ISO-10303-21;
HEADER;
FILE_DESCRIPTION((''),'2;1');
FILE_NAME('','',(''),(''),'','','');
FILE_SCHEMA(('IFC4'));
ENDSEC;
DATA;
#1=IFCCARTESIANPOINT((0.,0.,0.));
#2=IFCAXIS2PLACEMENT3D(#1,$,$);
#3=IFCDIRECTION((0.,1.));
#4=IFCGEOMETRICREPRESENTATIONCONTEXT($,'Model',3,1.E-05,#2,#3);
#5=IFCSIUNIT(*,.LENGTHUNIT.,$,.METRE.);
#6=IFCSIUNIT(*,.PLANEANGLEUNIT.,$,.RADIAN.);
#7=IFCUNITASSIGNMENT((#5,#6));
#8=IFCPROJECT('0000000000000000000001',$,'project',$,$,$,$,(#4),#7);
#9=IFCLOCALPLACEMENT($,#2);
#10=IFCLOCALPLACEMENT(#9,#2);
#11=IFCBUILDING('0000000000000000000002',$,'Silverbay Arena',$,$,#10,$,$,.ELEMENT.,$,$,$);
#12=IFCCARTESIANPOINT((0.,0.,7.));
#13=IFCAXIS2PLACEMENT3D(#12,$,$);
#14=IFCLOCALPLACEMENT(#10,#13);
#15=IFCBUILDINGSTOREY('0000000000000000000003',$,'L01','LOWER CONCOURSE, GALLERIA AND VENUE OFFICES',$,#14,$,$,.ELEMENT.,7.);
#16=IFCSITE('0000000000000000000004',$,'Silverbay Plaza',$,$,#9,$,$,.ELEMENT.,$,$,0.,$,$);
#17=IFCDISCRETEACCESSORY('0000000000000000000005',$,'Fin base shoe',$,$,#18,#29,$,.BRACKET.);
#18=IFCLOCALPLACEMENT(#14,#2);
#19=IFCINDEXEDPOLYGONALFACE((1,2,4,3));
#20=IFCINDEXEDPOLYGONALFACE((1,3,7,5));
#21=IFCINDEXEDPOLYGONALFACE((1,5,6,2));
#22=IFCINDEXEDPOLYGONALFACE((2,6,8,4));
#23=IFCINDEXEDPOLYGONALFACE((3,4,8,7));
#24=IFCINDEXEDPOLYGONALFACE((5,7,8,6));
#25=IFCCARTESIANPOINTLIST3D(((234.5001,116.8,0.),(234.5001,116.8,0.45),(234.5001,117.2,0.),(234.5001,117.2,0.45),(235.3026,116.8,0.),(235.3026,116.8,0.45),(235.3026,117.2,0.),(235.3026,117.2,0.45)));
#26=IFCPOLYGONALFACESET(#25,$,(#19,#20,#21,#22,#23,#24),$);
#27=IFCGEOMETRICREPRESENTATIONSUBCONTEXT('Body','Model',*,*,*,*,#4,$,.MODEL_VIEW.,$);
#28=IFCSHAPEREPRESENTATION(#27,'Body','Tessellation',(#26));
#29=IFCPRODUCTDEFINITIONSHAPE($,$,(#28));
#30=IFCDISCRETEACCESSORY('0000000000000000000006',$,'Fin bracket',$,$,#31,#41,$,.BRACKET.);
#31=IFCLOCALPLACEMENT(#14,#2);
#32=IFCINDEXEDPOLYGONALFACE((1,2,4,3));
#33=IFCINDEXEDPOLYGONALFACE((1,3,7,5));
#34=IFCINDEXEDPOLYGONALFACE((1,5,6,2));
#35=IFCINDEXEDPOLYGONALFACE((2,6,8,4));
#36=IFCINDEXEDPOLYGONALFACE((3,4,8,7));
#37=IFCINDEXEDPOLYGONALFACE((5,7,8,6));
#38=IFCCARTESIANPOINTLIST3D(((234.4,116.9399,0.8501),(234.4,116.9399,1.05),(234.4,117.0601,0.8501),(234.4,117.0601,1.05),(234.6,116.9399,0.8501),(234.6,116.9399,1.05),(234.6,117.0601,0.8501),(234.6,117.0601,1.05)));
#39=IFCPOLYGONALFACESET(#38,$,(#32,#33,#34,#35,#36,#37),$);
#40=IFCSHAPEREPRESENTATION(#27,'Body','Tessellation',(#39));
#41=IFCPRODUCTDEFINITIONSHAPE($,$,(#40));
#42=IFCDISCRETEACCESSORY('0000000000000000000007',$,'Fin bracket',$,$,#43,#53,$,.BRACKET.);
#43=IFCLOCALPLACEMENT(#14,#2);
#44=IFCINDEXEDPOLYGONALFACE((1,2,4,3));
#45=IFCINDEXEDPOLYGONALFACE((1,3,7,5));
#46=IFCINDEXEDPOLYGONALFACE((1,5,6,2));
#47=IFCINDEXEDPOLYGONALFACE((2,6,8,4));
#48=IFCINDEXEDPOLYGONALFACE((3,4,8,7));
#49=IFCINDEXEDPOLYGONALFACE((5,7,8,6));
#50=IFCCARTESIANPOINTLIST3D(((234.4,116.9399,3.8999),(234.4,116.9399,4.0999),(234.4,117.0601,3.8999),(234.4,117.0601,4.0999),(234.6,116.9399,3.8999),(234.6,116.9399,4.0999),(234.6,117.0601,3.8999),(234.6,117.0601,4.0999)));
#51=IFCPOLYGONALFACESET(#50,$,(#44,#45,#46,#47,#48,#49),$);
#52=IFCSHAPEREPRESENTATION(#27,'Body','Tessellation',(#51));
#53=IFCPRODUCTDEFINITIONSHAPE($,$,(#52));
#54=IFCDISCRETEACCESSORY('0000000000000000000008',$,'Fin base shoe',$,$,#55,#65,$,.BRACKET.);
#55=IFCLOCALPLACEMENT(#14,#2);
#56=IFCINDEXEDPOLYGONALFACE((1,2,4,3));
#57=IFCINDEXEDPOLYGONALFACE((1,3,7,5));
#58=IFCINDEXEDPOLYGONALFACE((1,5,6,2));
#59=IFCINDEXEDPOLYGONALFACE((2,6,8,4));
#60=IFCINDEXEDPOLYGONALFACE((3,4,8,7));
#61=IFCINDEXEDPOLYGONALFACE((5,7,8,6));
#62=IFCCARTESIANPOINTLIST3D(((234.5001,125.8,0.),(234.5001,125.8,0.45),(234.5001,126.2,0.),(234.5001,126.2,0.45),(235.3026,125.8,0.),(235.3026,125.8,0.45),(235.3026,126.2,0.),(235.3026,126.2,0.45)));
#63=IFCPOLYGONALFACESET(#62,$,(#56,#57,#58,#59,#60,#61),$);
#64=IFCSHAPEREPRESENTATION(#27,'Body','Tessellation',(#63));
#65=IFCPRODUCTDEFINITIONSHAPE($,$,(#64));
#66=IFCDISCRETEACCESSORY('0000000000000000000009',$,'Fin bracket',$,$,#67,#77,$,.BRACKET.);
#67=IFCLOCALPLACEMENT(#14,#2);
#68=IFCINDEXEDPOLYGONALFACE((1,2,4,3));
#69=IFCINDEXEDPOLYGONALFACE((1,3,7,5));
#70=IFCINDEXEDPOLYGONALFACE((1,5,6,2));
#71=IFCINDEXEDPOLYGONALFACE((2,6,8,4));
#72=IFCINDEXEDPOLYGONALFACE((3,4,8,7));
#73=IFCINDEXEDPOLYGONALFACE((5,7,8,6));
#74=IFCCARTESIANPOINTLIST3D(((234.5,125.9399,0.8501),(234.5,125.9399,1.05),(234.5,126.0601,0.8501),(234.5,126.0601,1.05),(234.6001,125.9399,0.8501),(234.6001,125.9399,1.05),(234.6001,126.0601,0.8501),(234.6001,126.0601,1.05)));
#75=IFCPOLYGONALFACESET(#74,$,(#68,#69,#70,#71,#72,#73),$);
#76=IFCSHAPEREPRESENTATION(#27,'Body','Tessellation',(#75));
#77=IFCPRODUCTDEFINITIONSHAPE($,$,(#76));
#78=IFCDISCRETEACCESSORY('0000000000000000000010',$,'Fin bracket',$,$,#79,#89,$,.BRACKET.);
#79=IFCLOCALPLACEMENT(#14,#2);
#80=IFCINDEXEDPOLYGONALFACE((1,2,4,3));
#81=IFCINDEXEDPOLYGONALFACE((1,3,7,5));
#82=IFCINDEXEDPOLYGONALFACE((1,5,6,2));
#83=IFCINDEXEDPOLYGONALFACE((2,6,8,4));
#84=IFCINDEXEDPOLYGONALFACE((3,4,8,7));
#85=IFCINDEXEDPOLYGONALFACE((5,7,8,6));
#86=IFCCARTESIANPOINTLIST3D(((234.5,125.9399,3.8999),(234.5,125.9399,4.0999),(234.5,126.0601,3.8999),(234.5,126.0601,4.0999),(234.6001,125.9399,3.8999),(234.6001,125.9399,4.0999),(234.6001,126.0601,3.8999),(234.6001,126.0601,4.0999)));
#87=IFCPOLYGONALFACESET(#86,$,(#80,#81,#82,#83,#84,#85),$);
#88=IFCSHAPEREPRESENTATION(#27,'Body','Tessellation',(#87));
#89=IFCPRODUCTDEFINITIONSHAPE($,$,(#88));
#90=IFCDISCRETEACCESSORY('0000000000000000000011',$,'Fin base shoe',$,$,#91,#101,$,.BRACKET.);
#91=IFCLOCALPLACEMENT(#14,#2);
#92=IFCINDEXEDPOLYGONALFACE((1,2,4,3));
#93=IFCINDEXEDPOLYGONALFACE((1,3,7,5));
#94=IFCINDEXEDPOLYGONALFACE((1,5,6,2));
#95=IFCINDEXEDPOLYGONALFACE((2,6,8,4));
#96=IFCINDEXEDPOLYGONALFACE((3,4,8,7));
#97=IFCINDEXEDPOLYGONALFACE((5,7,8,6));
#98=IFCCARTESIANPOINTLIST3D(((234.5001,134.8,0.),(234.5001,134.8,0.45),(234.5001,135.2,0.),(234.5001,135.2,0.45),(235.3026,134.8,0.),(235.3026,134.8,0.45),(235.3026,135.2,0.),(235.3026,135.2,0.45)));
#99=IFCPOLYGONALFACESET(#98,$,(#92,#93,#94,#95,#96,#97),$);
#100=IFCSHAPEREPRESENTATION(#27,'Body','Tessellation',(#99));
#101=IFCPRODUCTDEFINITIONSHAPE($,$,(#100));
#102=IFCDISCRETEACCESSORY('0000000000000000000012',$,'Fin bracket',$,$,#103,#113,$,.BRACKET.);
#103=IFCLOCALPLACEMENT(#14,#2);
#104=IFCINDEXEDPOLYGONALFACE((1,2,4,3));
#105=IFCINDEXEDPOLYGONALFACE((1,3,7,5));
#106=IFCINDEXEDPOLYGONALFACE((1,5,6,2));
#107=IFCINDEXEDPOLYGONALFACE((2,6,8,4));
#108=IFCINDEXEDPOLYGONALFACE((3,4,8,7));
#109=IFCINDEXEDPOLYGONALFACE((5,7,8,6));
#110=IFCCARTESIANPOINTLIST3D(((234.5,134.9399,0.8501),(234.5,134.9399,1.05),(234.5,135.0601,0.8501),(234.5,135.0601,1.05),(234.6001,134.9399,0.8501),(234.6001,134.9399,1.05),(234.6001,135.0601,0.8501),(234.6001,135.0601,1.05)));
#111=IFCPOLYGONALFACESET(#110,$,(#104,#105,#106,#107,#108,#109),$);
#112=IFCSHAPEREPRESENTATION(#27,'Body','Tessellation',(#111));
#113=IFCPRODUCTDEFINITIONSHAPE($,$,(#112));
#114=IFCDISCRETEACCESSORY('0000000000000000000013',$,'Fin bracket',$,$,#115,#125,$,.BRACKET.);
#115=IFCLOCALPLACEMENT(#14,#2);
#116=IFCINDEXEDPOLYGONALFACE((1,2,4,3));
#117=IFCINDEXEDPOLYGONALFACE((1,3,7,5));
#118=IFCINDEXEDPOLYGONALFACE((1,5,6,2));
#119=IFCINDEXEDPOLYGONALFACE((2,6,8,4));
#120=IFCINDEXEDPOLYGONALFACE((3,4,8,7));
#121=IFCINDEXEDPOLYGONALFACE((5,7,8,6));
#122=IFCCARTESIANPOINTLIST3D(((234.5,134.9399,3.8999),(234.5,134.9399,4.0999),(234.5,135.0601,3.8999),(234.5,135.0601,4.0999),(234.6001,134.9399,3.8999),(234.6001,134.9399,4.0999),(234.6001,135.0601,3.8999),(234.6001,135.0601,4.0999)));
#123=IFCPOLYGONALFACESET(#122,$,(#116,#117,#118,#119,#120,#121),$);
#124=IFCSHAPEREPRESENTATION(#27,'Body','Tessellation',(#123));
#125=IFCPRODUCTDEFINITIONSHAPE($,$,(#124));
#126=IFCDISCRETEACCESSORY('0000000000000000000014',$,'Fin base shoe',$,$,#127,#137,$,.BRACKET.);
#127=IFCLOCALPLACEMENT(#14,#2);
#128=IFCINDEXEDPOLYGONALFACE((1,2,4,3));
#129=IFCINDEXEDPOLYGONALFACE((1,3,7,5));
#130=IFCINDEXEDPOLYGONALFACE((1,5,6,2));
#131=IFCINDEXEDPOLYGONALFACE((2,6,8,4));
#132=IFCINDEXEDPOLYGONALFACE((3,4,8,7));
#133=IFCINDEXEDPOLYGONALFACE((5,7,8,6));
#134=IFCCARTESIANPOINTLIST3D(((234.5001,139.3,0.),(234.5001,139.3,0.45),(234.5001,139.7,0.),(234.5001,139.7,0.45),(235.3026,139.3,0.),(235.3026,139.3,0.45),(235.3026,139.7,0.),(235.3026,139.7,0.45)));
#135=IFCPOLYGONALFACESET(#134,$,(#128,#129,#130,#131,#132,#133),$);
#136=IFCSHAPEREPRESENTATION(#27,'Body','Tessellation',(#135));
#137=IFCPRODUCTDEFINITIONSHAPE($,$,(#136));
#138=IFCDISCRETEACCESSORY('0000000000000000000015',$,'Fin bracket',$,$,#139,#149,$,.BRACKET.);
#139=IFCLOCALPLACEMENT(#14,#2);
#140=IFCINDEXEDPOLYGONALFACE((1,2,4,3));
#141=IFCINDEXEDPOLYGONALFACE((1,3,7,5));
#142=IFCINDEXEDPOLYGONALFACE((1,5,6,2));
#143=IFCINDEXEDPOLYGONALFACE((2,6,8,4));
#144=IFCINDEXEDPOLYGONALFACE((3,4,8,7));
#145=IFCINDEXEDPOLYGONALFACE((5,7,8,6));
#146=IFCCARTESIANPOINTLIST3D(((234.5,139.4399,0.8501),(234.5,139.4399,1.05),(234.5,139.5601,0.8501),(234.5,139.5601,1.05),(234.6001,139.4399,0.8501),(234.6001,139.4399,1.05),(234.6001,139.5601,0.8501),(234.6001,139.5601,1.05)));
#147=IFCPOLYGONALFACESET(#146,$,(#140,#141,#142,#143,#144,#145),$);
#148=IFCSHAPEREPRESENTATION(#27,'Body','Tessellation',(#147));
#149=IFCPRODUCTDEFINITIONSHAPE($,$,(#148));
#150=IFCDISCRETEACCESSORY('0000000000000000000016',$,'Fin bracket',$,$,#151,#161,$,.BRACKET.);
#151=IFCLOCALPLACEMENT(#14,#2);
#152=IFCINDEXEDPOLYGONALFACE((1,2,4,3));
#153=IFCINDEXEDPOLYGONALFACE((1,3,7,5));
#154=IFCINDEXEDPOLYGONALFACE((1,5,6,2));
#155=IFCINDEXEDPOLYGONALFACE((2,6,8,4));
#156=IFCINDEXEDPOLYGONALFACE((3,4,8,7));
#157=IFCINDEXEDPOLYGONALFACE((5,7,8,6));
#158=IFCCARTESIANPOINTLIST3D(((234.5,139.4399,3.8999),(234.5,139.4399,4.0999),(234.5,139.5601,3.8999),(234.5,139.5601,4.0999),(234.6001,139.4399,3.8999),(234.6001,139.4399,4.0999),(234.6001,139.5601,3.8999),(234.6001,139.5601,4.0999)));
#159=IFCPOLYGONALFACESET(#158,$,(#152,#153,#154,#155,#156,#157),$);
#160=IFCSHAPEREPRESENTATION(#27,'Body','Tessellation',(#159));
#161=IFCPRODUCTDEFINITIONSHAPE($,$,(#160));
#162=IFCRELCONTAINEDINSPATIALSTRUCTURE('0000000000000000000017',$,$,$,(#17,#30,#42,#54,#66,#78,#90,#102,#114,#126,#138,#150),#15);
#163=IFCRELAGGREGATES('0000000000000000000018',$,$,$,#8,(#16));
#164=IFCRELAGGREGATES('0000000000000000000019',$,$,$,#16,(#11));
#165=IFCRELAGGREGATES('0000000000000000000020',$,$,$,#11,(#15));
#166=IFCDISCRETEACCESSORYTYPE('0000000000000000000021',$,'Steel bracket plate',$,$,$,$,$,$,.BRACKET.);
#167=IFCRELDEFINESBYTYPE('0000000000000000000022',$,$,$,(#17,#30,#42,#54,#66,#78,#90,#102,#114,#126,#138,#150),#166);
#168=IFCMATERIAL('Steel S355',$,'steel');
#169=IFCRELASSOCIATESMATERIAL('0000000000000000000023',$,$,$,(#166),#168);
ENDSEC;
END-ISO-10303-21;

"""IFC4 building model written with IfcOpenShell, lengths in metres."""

from ifc_helpers import new_model, si_unit, direction, frame, origin, origin_2d, place, context, subcontext, project, spatial, rectangle, extrude, material, type_object, element, save


model = new_model("IFC4")

# Units and contexts
model_context = context("Model", 3, precision=1e-05, world=origin(), true_north=direction((0.0, 1.0)))
body_context = subcontext(model_context, "Body", "Model", "MODEL_VIEW")
ifc_project = project(units=[si_unit("LENGTHUNIT", "METRE"), si_unit("PLANEANGLEUNIT", "RADIAN")], contexts=[model_context])

# Site, building, storey
site_placement = place(None, origin())
site = spatial("IfcSite", under=ifc_project, at=site_placement, Name="Silverbay Plaza", CompositionType="ELEMENT", RefElevation=0.0)
building_placement = place(site_placement, origin())
building = spatial("IfcBuilding", under=site, at=building_placement, Name="Silverbay Arena", CompositionType="ELEMENT")
storey_placement = place(building_placement, frame((0.0, 0.0, 7.0)))
storey = spatial("IfcBuildingStorey", under=building, at=storey_placement, Name="L01", Description="LOWER CONCOURSE, GALLERIA AND VENUE OFFICES", CompositionType="ELEMENT", Elevation=7.0)

# Discrete accessories
ifc_material_1 = material(Name="Steel S355", Category="steel")
discrete_accessory_type = type_object("IfcDiscreteAccessoryType", Name="Steel bracket plate", PredefinedType="BRACKET", material=ifc_material_1)
discrete_accessory_1_placement = place(storey_placement, frame((234.9014, 117.0, 0.0), z_axis=(0.0, 0.0, 1.0), x_axis=(1.0, 0.0, 0.0)))
element("IfcDiscreteAccessory", 1, at=discrete_accessory_1_placement, inside=storey, type_object=discrete_accessory_type, Name="Fin base shoe", PredefinedType="BRACKET", context=body_context, shape_type="SweptSolid", body=[
    extrude(rectangle(XDim=0.8025, YDim=0.3999, at=origin_2d()), origin(), (0.0, 0.0, 1.0), 0.45),
])
for number, where, z_axis, x_axis, name in (
    (2, (234.5, 117.0, 0.8501), (0.0, 0.0, 1.0), (1.0, 0.0, 0.0), "Fin bracket"),
    (3, (234.5, 117.0, 3.8999), (0.0, 0.0, 1.0), (1.0, 0.0, 0.0), "Fin bracket"),
):
    element("IfcDiscreteAccessory", number, at=place(storey_placement, frame(where, z_axis=z_axis, x_axis=x_axis)), inside=storey, type_object=discrete_accessory_type, Name=name, PredefinedType="BRACKET", context=body_context, shape_type="SweptSolid", body=[
        extrude(rectangle(XDim=0.2, YDim=0.1201, at=origin_2d()), origin(), (0.0, 0.0, 1.0), 0.2),
    ])
discrete_accessory_2_placement = place(storey_placement, frame((234.9014, 126.0, 0.0), z_axis=(0.0, 0.0, 1.0), x_axis=(1.0, 0.0, 0.0)))
element("IfcDiscreteAccessory", 4, at=discrete_accessory_2_placement, inside=storey, type_object=discrete_accessory_type, Name="Fin base shoe", PredefinedType="BRACKET", context=body_context, shape_type="SweptSolid", body=[
    extrude(rectangle(XDim=0.8025, YDim=0.3999, at=origin_2d()), origin(), (0.0, 0.0, 1.0), 0.45),
])
for number, where, z_axis, x_axis, name in (
    (5, (234.55, 126.0, 0.8501), (0.0, 0.0, 1.0), (1.0, 0.0, 0.0), "Fin bracket"),
    (6, (234.55, 126.0, 3.8999), (0.0, 0.0, 1.0), (1.0, 0.0, 0.0), "Fin bracket"),
):
    element("IfcDiscreteAccessory", number, at=place(storey_placement, frame(where, z_axis=z_axis, x_axis=x_axis)), inside=storey, type_object=discrete_accessory_type, Name=name, PredefinedType="BRACKET", context=body_context, shape_type="SweptSolid", body=[
        extrude(rectangle(XDim=0.1001, YDim=0.1201, at=origin_2d()), origin(), (0.0, 0.0, 1.0), 0.2),
    ])
discrete_accessory_3_placement = place(storey_placement, frame((234.9014, 135.0, 0.0), z_axis=(0.0, 0.0, 1.0), x_axis=(1.0, 0.0, 0.0)))
element("IfcDiscreteAccessory", 7, at=discrete_accessory_3_placement, inside=storey, type_object=discrete_accessory_type, Name="Fin base shoe", PredefinedType="BRACKET", context=body_context, shape_type="SweptSolid", body=[
    extrude(rectangle(XDim=0.8025, YDim=0.3999, at=origin_2d()), origin(), (0.0, 0.0, 1.0), 0.45),
])
for number, where, z_axis, x_axis, name in (
    (8, (234.55, 135.0, 0.8501), (0.0, 0.0, 1.0), (1.0, 0.0, 0.0), "Fin bracket"),
    (9, (234.55, 135.0, 3.8999), (0.0, 0.0, 1.0), (1.0, 0.0, 0.0), "Fin bracket"),
):
    element("IfcDiscreteAccessory", number, at=place(storey_placement, frame(where, z_axis=z_axis, x_axis=x_axis)), inside=storey, type_object=discrete_accessory_type, Name=name, PredefinedType="BRACKET", context=body_context, shape_type="SweptSolid", body=[
        extrude(rectangle(XDim=0.1001, YDim=0.1201, at=origin_2d()), origin(), (0.0, 0.0, 1.0), 0.2),
    ])
discrete_accessory_4_placement = place(storey_placement, frame((234.9014, 139.5, 0.0), z_axis=(0.0, 0.0, 1.0), x_axis=(1.0, 0.0, 0.0)))
element("IfcDiscreteAccessory", 10, at=discrete_accessory_4_placement, inside=storey, type_object=discrete_accessory_type, Name="Fin base shoe", PredefinedType="BRACKET", context=body_context, shape_type="SweptSolid", body=[
    extrude(rectangle(XDim=0.8025, YDim=0.3999, at=origin_2d()), origin(), (0.0, 0.0, 1.0), 0.45),
])
for number, where, z_axis, x_axis, name in (
    (11, (234.55, 139.5, 0.8501), (0.0, 0.0, 1.0), (1.0, 0.0, 0.0), "Fin bracket"),
    (12, (234.55, 139.5, 3.8999), (0.0, 0.0, 1.0), (1.0, 0.0, 0.0), "Fin bracket"),
):
    element("IfcDiscreteAccessory", number, at=place(storey_placement, frame(where, z_axis=z_axis, x_axis=x_axis)), inside=storey, type_object=discrete_accessory_type, Name=name, PredefinedType="BRACKET", context=body_context, shape_type="SweptSolid", body=[
        extrude(rectangle(XDim=0.1001, YDim=0.1201, at=origin_2d()), origin(), (0.0, 0.0, 1.0), 0.2),
    ])

save(model, "model.ifc")
